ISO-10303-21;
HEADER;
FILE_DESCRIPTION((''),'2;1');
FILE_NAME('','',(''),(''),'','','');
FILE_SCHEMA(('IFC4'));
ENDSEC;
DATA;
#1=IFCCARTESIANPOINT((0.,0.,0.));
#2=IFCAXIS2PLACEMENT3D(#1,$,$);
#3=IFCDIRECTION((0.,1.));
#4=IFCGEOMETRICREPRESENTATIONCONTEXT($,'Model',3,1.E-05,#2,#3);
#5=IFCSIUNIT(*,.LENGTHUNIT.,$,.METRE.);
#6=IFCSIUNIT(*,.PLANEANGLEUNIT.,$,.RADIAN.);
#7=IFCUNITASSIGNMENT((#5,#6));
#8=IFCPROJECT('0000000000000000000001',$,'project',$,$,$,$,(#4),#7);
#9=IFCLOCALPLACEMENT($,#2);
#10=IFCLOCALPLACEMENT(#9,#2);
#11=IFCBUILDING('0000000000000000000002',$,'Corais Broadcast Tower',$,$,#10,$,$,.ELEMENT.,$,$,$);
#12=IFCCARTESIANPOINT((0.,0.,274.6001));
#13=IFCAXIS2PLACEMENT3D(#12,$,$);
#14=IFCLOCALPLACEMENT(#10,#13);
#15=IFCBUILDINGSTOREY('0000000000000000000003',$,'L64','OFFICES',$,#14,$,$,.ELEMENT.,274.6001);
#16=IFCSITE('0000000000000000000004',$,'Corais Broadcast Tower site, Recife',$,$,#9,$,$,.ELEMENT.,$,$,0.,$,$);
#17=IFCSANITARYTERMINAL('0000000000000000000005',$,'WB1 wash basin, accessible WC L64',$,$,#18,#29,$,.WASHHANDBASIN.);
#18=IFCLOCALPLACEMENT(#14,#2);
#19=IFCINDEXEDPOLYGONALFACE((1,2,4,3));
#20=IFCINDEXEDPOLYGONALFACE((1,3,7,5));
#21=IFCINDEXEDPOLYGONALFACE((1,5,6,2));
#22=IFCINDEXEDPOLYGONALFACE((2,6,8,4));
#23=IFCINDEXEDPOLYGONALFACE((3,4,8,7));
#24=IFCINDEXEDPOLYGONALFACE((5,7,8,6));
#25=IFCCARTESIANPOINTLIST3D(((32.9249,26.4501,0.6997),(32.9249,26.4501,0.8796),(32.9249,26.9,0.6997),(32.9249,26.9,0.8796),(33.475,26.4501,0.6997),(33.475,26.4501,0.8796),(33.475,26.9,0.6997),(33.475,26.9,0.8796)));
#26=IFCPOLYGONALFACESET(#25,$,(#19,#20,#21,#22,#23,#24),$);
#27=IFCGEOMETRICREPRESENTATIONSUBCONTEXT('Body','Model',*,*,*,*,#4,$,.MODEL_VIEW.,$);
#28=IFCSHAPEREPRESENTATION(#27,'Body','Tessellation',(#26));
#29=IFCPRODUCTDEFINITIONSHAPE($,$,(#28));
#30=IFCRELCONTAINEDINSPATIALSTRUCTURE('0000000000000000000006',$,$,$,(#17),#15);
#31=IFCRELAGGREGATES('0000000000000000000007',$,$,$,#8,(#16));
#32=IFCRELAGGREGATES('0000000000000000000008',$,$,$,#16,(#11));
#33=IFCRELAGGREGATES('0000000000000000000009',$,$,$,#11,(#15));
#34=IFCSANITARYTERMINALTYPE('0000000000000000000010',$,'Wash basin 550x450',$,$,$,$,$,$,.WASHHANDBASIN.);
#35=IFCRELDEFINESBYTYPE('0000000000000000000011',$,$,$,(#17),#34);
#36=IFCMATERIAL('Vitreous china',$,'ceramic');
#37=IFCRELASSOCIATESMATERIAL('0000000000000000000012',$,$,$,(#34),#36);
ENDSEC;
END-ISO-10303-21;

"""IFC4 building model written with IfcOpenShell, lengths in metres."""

from ifc_helpers import new_model, si_unit, direction, frame, origin, origin_2d, place, context, subcontext, project, spatial, rectangle, extrude, material, type_object, element, save


model = new_model("IFC4")

# Units and contexts
model_context = context("Model", 3, precision=1e-05, world=origin(), true_north=direction((0.0, 1.0)))
body_context = subcontext(model_context, "Body", "Model", "MODEL_VIEW")
ifc_project = project(units=[si_unit("LENGTHUNIT", "METRE"), si_unit("PLANEANGLEUNIT", "RADIAN")], contexts=[model_context])

# Site, building, storey
site_placement = place(None, origin())
site = spatial("IfcSite", under=ifc_project, at=site_placement, Name="Corais Broadcast Tower site, Recife", CompositionType="ELEMENT", RefElevation=0.0)
building_placement = place(site_placement, origin())
building = spatial("IfcBuilding", under=site, at=building_placement, Name="Corais Broadcast Tower", CompositionType="ELEMENT")
storey_placement = place(building_placement, frame((0.0, 0.0, 274.6001)))
storey = spatial("IfcBuildingStorey", under=building, at=storey_placement, Name="L64", Description="OFFICES", CompositionType="ELEMENT", Elevation=274.6001)

# Sanitary terminal
ifc_material_1 = material(Name="Vitreous china", Category="ceramic")
sanitary_terminal_type_1 = type_object("IfcSanitaryTerminalType", Name="Wash basin 550x450", PredefinedType="WASHHANDBASIN", material=ifc_material_1)
sanitary_terminal_placement = place(storey_placement, frame((33.2, 26.675, 0.6997), z_axis=(0.0, 0.0, 1.0), x_axis=(1.0, 0.0, 0.0)))
element("IfcSanitaryTerminal", 1, at=sanitary_terminal_placement, inside=storey, type_object=sanitary_terminal_type_1, Name="WB1 wash basin, accessible WC L64", PredefinedType="WASHHANDBASIN", context=body_context, shape_type="SweptSolid", body=[
    extrude(rectangle(XDim=0.55, YDim=0.45, at=origin_2d()), origin(), (0.0, 0.0, 1.0), 0.1799),
])

save(model, "model.ifc")
